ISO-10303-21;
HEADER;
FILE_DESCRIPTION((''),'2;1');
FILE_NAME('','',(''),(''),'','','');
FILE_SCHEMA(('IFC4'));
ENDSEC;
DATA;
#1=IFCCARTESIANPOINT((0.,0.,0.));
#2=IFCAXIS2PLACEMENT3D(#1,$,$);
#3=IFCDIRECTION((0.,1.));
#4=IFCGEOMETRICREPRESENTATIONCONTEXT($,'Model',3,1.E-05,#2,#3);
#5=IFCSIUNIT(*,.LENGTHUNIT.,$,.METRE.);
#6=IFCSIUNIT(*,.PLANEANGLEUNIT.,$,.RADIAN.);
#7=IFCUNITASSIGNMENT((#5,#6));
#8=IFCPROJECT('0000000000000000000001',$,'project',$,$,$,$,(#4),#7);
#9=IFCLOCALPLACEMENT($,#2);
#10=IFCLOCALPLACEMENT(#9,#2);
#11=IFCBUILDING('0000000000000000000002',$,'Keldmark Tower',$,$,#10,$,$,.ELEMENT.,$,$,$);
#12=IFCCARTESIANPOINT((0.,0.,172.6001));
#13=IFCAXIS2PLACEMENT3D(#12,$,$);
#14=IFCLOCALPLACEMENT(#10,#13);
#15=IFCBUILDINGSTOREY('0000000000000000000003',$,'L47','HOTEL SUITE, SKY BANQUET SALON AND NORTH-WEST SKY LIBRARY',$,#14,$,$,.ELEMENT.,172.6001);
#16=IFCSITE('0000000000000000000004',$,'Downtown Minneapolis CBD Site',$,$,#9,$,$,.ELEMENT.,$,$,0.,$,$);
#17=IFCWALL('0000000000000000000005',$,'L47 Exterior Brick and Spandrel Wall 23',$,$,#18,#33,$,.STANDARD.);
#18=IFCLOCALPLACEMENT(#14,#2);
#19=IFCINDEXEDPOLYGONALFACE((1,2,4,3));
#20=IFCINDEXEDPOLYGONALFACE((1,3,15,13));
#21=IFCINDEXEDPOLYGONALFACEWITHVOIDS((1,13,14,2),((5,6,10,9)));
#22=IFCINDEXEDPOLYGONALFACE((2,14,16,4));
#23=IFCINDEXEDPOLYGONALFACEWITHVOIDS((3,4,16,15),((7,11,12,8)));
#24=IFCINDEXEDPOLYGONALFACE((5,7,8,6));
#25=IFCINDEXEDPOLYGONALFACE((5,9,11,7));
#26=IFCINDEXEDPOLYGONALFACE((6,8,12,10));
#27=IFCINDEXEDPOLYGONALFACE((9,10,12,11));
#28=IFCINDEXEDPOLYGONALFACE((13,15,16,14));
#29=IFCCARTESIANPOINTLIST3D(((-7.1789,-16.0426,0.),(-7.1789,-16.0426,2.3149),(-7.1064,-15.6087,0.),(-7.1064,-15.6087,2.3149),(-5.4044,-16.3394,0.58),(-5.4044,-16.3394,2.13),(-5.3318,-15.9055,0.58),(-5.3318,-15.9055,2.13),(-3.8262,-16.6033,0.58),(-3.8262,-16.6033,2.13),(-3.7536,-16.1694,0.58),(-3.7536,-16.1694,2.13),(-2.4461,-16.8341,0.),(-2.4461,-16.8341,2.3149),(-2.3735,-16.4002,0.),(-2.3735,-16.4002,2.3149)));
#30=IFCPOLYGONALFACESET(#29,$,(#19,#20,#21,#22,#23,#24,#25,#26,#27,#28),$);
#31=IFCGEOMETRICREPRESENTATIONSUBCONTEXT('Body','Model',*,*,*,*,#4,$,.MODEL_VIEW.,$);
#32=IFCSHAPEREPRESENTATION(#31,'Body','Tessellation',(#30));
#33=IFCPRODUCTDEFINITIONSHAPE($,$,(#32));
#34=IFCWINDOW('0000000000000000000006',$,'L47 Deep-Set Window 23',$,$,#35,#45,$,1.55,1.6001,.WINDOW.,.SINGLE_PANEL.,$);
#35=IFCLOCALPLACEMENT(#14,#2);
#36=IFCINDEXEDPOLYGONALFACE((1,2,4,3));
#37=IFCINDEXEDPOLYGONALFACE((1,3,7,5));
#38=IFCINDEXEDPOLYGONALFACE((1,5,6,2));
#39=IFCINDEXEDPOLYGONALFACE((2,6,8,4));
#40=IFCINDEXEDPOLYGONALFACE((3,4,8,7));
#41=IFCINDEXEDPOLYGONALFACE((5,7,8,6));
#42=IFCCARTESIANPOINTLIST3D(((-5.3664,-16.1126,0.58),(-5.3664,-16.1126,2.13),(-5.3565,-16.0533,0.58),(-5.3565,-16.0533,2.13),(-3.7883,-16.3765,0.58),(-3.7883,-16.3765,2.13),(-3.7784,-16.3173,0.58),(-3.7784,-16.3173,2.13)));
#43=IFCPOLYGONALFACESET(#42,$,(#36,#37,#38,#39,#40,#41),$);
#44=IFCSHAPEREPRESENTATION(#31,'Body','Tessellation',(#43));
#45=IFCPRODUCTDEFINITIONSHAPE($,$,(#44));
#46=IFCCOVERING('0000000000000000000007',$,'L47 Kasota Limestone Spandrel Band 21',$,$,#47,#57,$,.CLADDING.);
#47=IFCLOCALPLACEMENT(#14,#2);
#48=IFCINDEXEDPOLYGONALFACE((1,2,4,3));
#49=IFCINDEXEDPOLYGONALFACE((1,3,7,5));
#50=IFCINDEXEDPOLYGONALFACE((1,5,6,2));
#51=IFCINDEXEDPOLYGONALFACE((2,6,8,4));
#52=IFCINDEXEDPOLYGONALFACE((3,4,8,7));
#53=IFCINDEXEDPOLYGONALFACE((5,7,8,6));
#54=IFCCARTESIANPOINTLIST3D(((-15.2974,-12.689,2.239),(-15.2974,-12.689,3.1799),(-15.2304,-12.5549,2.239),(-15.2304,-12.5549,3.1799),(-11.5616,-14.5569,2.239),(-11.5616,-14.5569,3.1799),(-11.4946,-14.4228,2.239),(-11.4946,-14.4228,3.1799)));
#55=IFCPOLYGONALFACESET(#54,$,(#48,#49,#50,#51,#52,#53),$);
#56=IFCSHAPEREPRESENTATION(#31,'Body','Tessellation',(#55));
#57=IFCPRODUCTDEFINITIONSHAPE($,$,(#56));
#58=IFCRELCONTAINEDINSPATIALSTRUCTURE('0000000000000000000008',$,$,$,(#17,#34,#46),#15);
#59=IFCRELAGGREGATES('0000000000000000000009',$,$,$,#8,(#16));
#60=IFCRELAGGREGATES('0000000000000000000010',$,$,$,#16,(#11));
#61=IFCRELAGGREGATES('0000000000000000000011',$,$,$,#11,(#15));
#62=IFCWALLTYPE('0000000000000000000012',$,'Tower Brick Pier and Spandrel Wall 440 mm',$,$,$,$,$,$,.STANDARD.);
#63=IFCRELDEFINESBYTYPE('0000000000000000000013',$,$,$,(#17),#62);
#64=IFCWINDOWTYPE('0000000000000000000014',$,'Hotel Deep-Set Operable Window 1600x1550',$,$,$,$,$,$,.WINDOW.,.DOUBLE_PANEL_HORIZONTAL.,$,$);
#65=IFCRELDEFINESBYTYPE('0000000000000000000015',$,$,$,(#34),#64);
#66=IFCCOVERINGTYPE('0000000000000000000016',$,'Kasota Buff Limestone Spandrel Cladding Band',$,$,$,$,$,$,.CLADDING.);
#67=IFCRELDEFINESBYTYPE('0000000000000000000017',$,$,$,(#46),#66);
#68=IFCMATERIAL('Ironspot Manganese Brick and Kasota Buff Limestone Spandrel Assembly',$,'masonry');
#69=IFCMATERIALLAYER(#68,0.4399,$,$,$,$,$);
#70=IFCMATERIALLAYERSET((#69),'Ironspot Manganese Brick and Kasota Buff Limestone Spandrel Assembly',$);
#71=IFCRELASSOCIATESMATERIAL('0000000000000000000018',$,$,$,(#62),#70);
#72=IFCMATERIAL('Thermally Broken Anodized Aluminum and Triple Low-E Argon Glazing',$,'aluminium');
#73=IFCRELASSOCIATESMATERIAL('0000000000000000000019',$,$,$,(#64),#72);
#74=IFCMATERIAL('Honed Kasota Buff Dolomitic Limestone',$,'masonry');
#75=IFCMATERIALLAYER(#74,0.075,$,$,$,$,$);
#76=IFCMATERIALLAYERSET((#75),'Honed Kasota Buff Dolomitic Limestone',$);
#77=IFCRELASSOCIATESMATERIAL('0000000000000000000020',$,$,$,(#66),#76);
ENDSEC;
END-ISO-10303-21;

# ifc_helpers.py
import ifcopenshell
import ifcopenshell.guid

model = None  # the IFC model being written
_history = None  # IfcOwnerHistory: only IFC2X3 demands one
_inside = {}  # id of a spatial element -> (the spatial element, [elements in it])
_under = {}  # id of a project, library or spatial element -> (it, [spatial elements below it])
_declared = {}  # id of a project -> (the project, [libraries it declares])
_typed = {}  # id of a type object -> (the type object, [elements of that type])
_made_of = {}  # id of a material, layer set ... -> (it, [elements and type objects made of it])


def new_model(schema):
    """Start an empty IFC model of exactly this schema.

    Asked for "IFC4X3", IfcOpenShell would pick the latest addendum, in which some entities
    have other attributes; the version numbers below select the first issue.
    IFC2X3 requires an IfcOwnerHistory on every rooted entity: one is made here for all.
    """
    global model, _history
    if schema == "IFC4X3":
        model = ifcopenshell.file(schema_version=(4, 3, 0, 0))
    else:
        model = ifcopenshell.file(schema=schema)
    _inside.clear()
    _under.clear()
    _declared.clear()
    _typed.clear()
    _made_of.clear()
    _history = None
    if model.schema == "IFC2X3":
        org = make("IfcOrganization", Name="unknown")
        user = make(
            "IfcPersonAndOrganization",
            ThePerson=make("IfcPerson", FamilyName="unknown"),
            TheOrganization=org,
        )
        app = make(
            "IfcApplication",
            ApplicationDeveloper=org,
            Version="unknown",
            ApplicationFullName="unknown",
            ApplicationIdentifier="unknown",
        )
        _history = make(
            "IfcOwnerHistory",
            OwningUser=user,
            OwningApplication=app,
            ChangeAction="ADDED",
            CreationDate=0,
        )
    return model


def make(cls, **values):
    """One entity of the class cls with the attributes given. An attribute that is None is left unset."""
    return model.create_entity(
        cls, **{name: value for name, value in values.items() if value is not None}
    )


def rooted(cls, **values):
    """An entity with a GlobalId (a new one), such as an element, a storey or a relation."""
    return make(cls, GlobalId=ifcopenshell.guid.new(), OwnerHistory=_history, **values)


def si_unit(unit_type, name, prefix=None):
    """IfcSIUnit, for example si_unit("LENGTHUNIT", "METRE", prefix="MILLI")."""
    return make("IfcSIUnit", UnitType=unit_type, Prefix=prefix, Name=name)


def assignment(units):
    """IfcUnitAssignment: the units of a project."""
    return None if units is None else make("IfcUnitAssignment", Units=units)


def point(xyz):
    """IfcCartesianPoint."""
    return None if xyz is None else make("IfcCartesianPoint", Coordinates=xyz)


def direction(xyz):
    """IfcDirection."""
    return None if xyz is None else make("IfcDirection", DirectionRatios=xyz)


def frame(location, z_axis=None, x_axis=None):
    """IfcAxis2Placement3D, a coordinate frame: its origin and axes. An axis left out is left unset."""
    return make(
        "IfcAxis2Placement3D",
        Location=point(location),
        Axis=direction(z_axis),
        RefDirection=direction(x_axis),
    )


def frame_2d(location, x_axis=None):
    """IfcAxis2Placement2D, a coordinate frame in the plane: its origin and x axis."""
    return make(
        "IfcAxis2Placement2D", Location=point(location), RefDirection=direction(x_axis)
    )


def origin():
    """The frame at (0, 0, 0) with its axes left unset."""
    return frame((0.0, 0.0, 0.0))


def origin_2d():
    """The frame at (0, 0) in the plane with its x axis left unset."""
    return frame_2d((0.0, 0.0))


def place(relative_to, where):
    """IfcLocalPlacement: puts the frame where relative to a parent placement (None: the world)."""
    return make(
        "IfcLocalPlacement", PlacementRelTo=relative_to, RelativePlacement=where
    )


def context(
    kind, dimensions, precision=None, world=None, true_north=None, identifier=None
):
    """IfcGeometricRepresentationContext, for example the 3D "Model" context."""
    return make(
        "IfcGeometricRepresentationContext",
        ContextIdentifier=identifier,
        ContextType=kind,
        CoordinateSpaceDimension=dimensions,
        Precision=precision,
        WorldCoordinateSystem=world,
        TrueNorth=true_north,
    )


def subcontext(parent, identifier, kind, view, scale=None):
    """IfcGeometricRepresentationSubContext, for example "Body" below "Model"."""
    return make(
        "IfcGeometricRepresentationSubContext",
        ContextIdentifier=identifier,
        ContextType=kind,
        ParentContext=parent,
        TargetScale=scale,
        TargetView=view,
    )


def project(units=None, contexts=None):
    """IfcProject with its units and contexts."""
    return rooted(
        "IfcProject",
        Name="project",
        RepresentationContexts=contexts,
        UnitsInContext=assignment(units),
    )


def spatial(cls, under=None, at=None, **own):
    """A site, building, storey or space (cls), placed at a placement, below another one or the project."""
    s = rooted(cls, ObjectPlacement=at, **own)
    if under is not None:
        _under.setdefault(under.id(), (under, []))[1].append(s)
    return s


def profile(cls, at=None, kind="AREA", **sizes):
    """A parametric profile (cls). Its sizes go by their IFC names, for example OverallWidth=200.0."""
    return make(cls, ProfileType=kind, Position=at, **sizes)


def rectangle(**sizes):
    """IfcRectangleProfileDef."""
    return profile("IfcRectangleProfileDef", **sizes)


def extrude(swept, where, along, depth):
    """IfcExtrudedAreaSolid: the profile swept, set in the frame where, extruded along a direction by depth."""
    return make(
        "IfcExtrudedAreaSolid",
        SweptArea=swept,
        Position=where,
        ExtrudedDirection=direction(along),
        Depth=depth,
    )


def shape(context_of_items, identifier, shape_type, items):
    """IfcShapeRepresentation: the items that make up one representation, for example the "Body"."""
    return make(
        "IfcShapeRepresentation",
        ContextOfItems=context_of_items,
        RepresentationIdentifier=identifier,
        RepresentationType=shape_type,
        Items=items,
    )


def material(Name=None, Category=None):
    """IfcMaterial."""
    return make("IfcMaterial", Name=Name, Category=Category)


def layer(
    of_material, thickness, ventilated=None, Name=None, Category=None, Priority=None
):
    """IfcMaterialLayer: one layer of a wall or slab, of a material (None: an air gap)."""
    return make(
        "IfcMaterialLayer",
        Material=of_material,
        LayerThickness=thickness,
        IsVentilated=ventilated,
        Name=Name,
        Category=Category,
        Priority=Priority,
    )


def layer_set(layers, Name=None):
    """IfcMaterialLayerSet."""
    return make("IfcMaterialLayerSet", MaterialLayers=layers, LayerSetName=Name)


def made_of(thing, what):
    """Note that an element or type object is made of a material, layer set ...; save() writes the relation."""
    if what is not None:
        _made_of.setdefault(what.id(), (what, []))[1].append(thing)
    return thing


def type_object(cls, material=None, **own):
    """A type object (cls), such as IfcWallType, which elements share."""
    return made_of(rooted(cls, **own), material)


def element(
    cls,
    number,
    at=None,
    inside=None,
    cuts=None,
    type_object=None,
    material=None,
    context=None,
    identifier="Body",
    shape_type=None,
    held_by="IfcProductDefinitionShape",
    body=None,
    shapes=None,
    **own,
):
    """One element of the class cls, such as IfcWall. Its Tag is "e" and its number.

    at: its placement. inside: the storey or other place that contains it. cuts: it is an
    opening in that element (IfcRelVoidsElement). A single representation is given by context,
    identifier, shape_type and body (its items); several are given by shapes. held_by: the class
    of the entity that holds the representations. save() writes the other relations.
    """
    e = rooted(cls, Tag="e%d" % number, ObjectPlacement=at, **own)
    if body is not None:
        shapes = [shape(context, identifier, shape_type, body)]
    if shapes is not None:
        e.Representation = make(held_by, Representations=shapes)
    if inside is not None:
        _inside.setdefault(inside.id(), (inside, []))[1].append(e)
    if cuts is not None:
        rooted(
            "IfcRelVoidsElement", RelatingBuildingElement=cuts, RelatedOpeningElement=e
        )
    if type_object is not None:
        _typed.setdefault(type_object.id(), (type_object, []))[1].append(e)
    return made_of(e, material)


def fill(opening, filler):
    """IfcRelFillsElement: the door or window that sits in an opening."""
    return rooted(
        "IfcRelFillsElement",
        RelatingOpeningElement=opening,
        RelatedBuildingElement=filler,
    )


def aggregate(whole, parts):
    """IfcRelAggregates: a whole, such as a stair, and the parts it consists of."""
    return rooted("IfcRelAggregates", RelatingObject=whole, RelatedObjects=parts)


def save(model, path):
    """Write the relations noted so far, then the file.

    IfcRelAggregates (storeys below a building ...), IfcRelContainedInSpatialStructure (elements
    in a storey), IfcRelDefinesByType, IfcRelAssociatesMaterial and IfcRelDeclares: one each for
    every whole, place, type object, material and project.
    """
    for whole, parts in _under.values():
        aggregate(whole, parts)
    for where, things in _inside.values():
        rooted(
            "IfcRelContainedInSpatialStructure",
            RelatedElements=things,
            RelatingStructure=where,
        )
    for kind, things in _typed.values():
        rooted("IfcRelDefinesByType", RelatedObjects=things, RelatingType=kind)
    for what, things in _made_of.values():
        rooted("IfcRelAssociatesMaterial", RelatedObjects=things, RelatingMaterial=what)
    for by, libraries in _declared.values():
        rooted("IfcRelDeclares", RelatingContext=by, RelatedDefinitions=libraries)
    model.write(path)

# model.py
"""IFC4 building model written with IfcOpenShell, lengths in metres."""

from ifc_helpers import new_model, si_unit, direction, frame, frame_2d, origin, origin_2d, place, context, subcontext, project, spatial, rectangle, extrude, material, layer, layer_set, type_object, element, fill, save


model = new_model("IFC4")

# Units and contexts
model_context = context("Model", 3, precision=1e-05, world=origin(), true_north=direction((0.0, 1.0)))
body_context = subcontext(model_context, "Body", "Model", "MODEL_VIEW")
ifc_project = project(units=[si_unit("LENGTHUNIT", "METRE"), si_unit("PLANEANGLEUNIT", "RADIAN")], contexts=[model_context])

# Site, building, storey
site_placement = place(None, origin())
site = spatial("IfcSite", under=ifc_project, at=site_placement, Name="Downtown Minneapolis CBD Site", CompositionType="ELEMENT", RefElevation=0.0)
building_placement = place(site_placement, origin())
building = spatial("IfcBuilding", under=site, at=building_placement, Name="Keldmark Tower", CompositionType="ELEMENT")
storey_placement = place(building_placement, frame((0.0, 0.0, 172.6001)))
storey = spatial("IfcBuildingStorey", under=building, at=storey_placement, Name="L47", Description="HOTEL SUITE, SKY BANQUET SALON AND NORTH-WEST SKY LIBRARY", CompositionType="ELEMENT", Elevation=172.6001)

# Wall, opening, window
ifc_material_1 = material(Name="Ironspot Manganese Brick and Kasota Buff Limestone Spandrel Assembly", Category="masonry")
ifc_layer_1 = layer(ifc_material_1, 0.4399)
ifc_layer_set_1 = layer_set([ifc_layer_1], Name="Ironspot Manganese Brick and Kasota Buff Limestone Spandrel Assembly")
wall_type_1 = type_object("IfcWallType", Name="Tower Brick Pier and Spandrel Wall 440 mm", PredefinedType="STANDARD", material=ifc_layer_set_1)
ifc_material_2 = material(Name="Thermally Broken Anodized Aluminum and Triple Low-E Argon Glazing", Category="aluminium")
window_type = type_object("IfcWindowType", Name="Hotel Deep-Set Operable Window 1600x1550", PartitioningType="DOUBLE_PANEL_HORIZONTAL", PredefinedType="WINDOW", material=ifc_material_2)
wall_1_placement = place(storey_placement, frame((-2.4097, -16.6172, 0.0), z_axis=(0.0, 0.0, 1.0), x_axis=(-0.986303, 0.164943, 0.0)))
wall_1 = element("IfcWall", 1, at=wall_1_placement, inside=storey, type_object=wall_type_1, Name="L47 Exterior Brick and Spandrel Wall 23", PredefinedType="STANDARD", context=body_context, shape_type="SweptSolid", body=[
    extrude(rectangle(XDim=4.7986, YDim=0.4399, at=frame_2d((2.3994, 0.0))), origin(), (0.0, 0.0, 1.0), 2.3149),
])
opening_1_placement = place(wall_1_placement, frame((1.3994, 0.0, 0.5801)))
opening_1 = element("IfcOpeningElement", 2, at=opening_1_placement, cuts=wall_1, PredefinedType="OPENING", context=body_context, shape_type="SweptSolid", body=[
    extrude(rectangle(XDim=1.6001, YDim=1.55, at=frame_2d((0.8, 0.7749))), frame((0.0, 0.23, 0.0), z_axis=(0.0, -1.0, 0.0), x_axis=(1.0, 0.0, 0.0)), (0.0, 0.0, 1.0), 0.46),
])
window_1_placement = place(opening_1_placement, origin())
window_1 = element("IfcWindow", 3, at=window_1_placement, inside=storey, type_object=window_type, Name="L47 Deep-Set Window 23", OverallHeight=1.55, OverallWidth=1.6001, PartitioningType="SINGLE_PANEL", PredefinedType="WINDOW", context=body_context, shape_type="SweptSolid", body=[
    extrude(rectangle(XDim=1.6001, YDim=1.55, at=frame_2d((0.8, 0.7749))), frame((0.0, -0.01, 0.0), z_axis=(0.0, -1.0, 0.0), x_axis=(1.0, 0.0, 0.0)), (0.0, 0.0, 1.0), 0.0601),
])
fill(opening_1, window_1)

# Covering
ifc_material_3 = material(Name="Honed Kasota Buff Dolomitic Limestone", Category="masonry")
ifc_layer_2 = layer(ifc_material_3, 0.075)
ifc_layer_set_2 = layer_set([ifc_layer_2], Name="Honed Kasota Buff Dolomitic Limestone")
covering_type = type_object("IfcCoveringType", Name="Kasota Buff Limestone Spandrel Cladding Band", PredefinedType="CLADDING", material=ifc_layer_set_2)
covering_placement = place(storey_placement, frame((-13.396, -13.5559, 2.239), z_axis=(0.0, 0.0, 1.0), x_axis=(0.894428, -0.447213, 0.0)))
element("IfcCovering", 4, at=covering_placement, inside=storey, type_object=covering_type, Name="L47 Kasota Limestone Spandrel Band 21", PredefinedType="CLADDING", context=body_context, shape_type="SweptSolid", body=[
    extrude(rectangle(XDim=4.1768, YDim=0.1499, at=origin_2d()), origin(), (0.0, 0.0, 1.0), 0.9409),
])

save(model, "model.ifc")
